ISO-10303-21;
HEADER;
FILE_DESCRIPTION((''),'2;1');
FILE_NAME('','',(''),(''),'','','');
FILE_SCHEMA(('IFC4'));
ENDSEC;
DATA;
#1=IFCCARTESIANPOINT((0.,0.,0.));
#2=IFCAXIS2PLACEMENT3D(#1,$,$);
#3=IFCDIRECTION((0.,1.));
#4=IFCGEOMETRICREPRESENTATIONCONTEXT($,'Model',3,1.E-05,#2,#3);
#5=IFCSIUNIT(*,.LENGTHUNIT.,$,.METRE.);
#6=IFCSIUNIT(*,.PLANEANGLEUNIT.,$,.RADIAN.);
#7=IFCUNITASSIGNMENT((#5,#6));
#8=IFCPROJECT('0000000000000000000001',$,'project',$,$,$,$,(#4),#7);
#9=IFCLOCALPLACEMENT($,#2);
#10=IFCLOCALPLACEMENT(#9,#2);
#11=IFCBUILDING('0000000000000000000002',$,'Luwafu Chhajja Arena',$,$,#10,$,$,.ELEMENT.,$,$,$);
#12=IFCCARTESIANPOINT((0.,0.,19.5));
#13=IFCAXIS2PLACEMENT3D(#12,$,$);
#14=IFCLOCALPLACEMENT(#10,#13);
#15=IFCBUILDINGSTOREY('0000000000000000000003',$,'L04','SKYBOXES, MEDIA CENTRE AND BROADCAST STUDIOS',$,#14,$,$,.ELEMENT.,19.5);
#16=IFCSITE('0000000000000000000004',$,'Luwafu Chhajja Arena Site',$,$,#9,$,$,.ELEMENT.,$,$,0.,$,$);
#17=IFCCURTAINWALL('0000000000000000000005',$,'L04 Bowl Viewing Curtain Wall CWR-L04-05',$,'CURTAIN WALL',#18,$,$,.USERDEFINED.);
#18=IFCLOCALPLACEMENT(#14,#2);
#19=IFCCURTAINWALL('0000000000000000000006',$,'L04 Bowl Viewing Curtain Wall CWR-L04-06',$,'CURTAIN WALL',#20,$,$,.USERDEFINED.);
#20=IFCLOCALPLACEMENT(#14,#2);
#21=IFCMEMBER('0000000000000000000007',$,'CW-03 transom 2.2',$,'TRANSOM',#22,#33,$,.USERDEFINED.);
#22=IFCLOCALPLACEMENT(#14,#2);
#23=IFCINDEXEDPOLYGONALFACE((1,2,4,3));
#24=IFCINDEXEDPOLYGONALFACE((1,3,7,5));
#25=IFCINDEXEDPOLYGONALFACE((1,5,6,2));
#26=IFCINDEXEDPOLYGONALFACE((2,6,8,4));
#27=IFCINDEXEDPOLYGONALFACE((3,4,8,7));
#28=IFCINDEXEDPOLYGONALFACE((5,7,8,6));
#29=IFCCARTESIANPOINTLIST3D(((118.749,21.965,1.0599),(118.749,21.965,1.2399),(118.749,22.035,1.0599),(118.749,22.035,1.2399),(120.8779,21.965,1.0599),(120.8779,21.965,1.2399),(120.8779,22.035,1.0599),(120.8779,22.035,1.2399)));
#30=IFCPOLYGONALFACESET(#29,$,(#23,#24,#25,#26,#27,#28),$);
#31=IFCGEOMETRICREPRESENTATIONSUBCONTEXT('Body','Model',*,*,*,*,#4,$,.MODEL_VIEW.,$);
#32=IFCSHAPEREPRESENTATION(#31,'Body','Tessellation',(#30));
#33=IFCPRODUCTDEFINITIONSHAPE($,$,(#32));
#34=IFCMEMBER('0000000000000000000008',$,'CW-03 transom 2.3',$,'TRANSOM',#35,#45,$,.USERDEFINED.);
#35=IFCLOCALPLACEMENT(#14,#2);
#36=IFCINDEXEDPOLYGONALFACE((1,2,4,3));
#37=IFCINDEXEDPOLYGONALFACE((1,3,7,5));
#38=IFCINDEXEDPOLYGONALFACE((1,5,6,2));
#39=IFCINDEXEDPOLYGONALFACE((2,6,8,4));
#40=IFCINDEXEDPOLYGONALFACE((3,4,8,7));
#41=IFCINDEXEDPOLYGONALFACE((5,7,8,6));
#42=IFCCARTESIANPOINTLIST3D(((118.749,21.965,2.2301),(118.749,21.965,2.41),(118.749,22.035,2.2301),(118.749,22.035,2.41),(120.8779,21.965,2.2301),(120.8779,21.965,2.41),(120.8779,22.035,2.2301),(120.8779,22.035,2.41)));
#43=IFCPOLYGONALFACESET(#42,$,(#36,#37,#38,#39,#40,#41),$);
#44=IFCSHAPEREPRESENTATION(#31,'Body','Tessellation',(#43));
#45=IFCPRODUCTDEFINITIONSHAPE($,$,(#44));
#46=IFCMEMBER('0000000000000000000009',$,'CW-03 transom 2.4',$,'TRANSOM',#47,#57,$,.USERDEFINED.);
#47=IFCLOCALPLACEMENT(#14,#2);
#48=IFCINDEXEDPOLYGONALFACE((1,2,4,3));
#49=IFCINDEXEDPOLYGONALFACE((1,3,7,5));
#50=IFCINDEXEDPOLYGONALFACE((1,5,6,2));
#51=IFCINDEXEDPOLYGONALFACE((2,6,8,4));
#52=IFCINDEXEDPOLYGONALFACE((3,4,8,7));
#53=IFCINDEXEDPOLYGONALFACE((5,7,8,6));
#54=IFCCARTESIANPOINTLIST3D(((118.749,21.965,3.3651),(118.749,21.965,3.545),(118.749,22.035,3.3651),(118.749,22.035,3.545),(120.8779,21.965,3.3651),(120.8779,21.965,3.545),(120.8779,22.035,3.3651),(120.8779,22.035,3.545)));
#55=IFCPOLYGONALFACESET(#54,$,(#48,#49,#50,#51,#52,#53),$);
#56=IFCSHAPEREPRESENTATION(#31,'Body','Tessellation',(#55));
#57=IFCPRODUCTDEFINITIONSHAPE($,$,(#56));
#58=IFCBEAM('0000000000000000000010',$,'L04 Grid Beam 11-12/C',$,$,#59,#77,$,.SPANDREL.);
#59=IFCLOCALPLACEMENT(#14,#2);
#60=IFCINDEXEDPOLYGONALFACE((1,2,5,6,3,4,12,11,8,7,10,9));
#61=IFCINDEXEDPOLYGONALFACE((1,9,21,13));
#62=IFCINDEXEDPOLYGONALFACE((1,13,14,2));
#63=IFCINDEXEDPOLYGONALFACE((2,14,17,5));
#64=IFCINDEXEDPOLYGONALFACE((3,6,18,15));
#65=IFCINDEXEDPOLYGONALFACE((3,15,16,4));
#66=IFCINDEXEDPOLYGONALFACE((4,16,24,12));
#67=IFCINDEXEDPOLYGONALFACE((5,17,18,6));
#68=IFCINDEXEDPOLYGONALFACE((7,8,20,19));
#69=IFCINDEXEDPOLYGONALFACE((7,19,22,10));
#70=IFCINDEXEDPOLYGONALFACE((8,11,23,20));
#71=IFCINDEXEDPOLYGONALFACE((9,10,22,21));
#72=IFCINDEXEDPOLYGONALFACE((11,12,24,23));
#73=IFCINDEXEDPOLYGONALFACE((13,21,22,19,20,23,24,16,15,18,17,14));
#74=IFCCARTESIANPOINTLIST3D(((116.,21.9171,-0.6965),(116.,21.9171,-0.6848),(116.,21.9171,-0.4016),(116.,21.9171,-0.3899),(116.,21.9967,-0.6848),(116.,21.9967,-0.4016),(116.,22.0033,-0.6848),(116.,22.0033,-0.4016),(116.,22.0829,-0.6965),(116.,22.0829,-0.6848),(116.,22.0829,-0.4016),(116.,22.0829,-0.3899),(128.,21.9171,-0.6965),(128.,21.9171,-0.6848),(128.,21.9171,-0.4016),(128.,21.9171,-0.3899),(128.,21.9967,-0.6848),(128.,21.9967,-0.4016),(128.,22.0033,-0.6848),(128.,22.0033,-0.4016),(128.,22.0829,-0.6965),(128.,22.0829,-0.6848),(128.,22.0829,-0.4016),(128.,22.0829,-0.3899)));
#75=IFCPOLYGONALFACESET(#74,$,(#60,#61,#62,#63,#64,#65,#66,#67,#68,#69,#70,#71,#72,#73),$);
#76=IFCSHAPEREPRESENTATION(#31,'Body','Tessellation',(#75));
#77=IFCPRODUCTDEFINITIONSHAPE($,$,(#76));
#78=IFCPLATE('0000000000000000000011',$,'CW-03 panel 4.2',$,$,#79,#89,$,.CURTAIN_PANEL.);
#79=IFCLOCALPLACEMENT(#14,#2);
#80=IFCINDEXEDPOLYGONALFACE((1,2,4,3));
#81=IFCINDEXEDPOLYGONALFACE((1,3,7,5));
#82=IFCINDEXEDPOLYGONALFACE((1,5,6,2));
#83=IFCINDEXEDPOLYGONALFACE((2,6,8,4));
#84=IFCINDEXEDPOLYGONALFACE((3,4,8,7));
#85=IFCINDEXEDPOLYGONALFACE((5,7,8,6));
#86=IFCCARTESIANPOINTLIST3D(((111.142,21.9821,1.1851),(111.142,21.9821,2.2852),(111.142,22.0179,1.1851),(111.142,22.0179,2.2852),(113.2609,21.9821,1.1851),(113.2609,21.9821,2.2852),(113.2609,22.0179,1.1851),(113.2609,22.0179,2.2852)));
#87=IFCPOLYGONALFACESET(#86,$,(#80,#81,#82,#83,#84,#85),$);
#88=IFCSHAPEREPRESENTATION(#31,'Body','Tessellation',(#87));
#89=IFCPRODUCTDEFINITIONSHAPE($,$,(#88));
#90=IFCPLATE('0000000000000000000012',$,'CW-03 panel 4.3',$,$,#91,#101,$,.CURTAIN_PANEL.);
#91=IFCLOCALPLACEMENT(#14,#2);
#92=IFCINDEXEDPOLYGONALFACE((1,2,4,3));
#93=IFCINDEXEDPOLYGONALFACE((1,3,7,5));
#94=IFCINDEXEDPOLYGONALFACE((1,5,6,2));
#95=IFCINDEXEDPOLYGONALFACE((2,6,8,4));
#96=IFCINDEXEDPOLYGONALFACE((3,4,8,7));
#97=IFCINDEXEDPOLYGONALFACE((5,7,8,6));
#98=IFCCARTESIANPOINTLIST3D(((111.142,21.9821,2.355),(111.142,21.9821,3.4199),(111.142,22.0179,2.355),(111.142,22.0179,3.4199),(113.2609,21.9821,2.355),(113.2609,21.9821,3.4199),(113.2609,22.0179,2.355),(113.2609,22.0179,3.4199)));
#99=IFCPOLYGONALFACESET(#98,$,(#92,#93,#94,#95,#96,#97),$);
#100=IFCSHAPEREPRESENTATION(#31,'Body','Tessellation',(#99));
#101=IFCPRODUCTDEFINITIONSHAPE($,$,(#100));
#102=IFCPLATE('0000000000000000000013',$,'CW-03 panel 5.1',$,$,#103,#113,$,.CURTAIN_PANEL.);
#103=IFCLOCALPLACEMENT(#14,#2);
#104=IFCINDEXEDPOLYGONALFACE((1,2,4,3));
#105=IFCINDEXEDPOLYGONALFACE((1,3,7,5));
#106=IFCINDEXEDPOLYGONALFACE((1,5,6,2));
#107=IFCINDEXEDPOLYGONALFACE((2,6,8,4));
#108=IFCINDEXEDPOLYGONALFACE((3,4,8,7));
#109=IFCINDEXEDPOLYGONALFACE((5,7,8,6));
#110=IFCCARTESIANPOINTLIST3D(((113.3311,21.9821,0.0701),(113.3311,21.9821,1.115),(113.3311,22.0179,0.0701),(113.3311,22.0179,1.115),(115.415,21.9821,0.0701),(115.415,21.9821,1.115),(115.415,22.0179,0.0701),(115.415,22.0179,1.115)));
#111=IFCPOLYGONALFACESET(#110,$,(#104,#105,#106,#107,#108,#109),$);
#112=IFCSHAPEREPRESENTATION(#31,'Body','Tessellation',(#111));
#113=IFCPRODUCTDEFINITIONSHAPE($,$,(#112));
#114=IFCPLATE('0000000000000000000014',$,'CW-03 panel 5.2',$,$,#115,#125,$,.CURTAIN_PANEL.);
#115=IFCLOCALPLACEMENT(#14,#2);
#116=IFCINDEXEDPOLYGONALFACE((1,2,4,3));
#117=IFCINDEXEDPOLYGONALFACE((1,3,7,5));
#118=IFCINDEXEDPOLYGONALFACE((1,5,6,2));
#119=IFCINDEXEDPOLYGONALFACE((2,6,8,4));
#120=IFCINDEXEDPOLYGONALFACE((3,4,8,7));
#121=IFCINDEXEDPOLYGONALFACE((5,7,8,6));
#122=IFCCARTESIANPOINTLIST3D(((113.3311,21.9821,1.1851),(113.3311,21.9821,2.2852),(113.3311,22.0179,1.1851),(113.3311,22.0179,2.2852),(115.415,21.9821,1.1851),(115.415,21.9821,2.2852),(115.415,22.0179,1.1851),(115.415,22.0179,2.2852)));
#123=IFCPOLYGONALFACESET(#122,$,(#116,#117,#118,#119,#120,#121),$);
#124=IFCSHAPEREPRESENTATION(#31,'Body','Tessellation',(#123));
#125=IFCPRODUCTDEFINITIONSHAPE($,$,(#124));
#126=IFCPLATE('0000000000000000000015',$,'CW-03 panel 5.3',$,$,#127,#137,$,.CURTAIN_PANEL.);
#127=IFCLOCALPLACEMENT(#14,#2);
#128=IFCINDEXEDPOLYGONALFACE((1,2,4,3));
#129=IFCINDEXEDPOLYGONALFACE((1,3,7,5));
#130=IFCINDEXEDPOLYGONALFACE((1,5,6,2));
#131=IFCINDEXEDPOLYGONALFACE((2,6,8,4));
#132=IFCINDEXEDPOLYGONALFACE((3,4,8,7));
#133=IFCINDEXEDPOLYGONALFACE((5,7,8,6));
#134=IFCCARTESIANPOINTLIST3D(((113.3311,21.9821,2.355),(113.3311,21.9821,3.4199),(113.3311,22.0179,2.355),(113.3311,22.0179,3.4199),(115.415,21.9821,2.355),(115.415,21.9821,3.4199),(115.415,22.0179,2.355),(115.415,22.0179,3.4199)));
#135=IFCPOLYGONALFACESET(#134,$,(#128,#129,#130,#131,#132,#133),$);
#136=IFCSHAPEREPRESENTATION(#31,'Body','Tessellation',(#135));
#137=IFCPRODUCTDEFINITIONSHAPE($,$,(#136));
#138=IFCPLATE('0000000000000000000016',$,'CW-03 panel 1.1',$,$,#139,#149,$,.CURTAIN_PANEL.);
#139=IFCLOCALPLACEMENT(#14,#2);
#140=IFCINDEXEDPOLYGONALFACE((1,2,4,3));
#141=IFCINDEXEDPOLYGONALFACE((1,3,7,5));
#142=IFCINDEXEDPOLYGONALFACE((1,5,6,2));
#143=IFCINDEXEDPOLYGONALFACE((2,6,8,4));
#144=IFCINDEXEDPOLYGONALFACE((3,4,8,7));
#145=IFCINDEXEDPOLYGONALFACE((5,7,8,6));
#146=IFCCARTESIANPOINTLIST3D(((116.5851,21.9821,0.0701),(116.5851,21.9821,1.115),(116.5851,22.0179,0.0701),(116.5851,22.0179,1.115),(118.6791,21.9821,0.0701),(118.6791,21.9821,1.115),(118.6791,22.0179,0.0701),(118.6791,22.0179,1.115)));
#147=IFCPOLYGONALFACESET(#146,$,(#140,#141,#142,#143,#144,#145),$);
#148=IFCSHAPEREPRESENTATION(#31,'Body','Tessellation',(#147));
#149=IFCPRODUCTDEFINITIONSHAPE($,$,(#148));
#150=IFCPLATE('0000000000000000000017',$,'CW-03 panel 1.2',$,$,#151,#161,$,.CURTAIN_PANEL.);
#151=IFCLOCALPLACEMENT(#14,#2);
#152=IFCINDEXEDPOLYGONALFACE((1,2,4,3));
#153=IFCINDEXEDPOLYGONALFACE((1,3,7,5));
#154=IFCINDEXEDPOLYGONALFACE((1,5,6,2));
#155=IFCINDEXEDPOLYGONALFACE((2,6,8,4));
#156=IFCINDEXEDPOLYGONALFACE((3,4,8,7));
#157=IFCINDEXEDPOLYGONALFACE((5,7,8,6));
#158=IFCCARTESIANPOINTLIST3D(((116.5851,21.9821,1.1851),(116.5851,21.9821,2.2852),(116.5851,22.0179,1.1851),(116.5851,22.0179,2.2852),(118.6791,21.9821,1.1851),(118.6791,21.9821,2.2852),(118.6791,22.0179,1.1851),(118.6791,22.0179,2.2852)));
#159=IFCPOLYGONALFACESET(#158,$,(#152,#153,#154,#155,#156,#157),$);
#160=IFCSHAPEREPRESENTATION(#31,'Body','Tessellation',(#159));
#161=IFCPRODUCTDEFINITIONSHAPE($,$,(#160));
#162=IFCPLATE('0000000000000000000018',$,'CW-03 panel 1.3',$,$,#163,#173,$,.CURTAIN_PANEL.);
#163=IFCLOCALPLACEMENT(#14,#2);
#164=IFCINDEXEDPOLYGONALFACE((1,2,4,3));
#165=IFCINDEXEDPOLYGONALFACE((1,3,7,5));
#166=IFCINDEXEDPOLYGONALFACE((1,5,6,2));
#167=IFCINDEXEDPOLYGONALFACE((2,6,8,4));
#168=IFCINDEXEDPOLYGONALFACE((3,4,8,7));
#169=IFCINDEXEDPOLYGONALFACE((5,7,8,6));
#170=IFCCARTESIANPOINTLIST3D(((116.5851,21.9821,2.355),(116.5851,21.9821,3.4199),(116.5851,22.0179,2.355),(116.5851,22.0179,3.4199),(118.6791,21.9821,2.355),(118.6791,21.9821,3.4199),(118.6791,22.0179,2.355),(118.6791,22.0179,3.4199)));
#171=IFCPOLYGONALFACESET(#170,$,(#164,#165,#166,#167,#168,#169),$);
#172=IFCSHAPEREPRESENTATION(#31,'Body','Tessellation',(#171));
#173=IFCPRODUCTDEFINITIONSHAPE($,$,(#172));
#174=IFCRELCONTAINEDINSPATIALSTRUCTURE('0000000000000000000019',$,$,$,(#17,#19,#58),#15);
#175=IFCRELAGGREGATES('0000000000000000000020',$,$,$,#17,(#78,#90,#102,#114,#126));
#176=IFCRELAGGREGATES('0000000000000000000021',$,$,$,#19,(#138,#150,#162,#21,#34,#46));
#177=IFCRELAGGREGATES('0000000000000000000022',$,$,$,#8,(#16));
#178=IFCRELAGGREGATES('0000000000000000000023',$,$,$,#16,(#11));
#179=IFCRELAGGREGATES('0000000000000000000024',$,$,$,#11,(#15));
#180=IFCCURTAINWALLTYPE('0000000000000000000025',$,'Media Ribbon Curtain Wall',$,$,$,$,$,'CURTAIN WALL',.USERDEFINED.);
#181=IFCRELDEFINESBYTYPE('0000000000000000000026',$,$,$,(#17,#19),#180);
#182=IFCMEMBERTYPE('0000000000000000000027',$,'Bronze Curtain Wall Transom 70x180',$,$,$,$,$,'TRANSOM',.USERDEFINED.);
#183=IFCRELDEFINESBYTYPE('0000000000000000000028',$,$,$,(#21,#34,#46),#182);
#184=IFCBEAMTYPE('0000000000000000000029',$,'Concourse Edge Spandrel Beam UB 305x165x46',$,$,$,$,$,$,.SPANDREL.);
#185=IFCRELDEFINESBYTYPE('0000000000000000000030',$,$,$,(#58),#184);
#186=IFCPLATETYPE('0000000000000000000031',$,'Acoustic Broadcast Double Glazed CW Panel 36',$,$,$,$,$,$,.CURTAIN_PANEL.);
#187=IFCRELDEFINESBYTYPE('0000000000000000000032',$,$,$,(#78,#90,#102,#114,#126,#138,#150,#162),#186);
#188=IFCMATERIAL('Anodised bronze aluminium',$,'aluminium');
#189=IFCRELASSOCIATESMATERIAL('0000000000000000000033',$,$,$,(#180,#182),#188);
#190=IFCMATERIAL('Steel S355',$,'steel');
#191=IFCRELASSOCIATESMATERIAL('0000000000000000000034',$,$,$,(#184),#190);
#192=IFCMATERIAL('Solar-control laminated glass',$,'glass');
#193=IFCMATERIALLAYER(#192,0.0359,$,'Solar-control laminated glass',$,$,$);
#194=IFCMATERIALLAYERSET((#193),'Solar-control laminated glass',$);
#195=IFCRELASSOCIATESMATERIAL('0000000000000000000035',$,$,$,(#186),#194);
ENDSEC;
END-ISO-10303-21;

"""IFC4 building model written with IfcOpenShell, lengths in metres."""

from ifc_helpers import new_model, si_unit, direction, frame, origin, origin_2d, place, context, subcontext, project, spatial, rectangle, i_section, extrude, material, layer, layer_set, material_profile, profile_set, type_object, element, aggregate, save


model = new_model("IFC4")

# Units and contexts
model_context = context("Model", 3, precision=1e-05, world=origin(), true_north=direction((0.0, 1.0)))
body_context = subcontext(model_context, "Body", "Model", "MODEL_VIEW")
ifc_project = project(units=[si_unit("LENGTHUNIT", "METRE"), si_unit("PLANEANGLEUNIT", "RADIAN")], contexts=[model_context])

# Site, building, storey
site_placement = place(None, origin())
site = spatial("IfcSite", under=ifc_project, at=site_placement, Name="Luwafu Chhajja Arena Site", CompositionType="ELEMENT", RefElevation=0.0)
building_placement = place(site_placement, origin())
building = spatial("IfcBuilding", under=site, at=building_placement, Name="Luwafu Chhajja Arena", CompositionType="ELEMENT")
storey_placement = place(building_placement, frame((0.0, 0.0, 19.5)))
storey = spatial("IfcBuildingStorey", under=building, at=storey_placement, Name="L04", Description="SKYBOXES, MEDIA CENTRE AND BROADCAST STUDIOS", CompositionType="ELEMENT", Elevation=19.5)

# Curtain walls
ifc_material_1 = material(Name="Anodised bronze aluminium", Category="aluminium")
curtain_wall_type = type_object("IfcCurtainWallType", Name="Media Ribbon Curtain Wall", ElementType="CURTAIN WALL", PredefinedType="USERDEFINED", material=ifc_material_1)
curtain_wall_1_placement = place(storey_placement, origin())
curtain_wall_1 = element("IfcCurtainWall", 1, at=curtain_wall_1_placement, inside=storey, type_object=curtain_wall_type, Name="L04 Bowl Viewing Curtain Wall CWR-L04-05", ObjectType="CURTAIN WALL", PredefinedType="USERDEFINED")
curtain_wall_2_placement = place(storey_placement, origin())
curtain_wall_2 = element("IfcCurtainWall", 2, at=curtain_wall_2_placement, inside=storey, type_object=curtain_wall_type, Name="L04 Bowl Viewing Curtain Wall CWR-L04-06", ObjectType="CURTAIN WALL", PredefinedType="USERDEFINED")

# Members
ifc_material_profile_1 = material_profile(ifc_material_1, rectangle(XDim=0.0701, YDim=0.1799, at=origin_2d()), Name="CWT 70x180")
ifc_profile_set_1 = profile_set([ifc_material_profile_1], Name="Anodised bronze aluminium")
member_type_1 = type_object("IfcMemberType", Name="Bronze Curtain Wall Transom 70x180", ElementType="TRANSOM", PredefinedType="USERDEFINED", material=ifc_profile_set_1)
member_1_placement = place(storey_placement, frame((118.749, 22.0, 1.1499), z_axis=(1.0, 0.0, 0.0), x_axis=(0.0, 1.0, 0.0)))
member_1 = element("IfcMember", 3, at=member_1_placement, type_object=member_type_1, Name="CW-03 transom 2.2", ObjectType="TRANSOM", PredefinedType="USERDEFINED", context=body_context, shape_type="SweptSolid", body=[
    extrude(rectangle(XDim=0.0701, YDim=0.1799, at=origin_2d()), origin(), (0.0, 0.0, 1.0), 2.1289),
])
member_2_placement = place(storey_placement, frame((118.749, 22.0, 2.3201), z_axis=(1.0, 0.0, 0.0), x_axis=(0.0, 1.0, 0.0)))
member_2 = element("IfcMember", 4, at=member_2_placement, type_object=member_type_1, Name="CW-03 transom 2.3", ObjectType="TRANSOM", PredefinedType="USERDEFINED", context=body_context, shape_type="SweptSolid", body=[
    extrude(rectangle(XDim=0.0701, YDim=0.1799, at=origin_2d()), origin(), (0.0, 0.0, 1.0), 2.1289),
])
member_3_placement = place(storey_placement, frame((118.749, 22.0, 3.4551), z_axis=(1.0, 0.0, 0.0), x_axis=(0.0, 1.0, 0.0)))
member_3 = element("IfcMember", 5, at=member_3_placement, type_object=member_type_1, Name="CW-03 transom 2.4", ObjectType="TRANSOM", PredefinedType="USERDEFINED", context=body_context, shape_type="SweptSolid", body=[
    extrude(rectangle(XDim=0.0701, YDim=0.1799, at=origin_2d()), origin(), (0.0, 0.0, 1.0), 2.1289),
])

# Beam
ifc_material_2 = material(Name="Steel S355", Category="steel")
ifc_material_profile_2 = material_profile(ifc_material_2, i_section(OverallWidth=0.1658, OverallDepth=0.3066, WebThickness=0.0066, FlangeThickness=0.0117, at=origin_2d()), Name="UB 305x165x46")
ifc_profile_set_2 = profile_set([ifc_material_profile_2], Name="Steel S355")
beam_type = type_object("IfcBeamType", Name="Concourse Edge Spandrel Beam UB 305x165x46", PredefinedType="SPANDREL", material=ifc_profile_set_2)
beam_placement = place(storey_placement, frame((116.0, 22.0, -0.5432), z_axis=(1.0, 0.0, 0.0), x_axis=(0.0, 1.0, 0.0)))
element("IfcBeam", 6, at=beam_placement, inside=storey, type_object=beam_type, Name="L04 Grid Beam 11-12/C", PredefinedType="SPANDREL", context=body_context, shape_type="SweptSolid", body=[
    extrude(i_section(OverallWidth=0.1658, OverallDepth=0.3066, WebThickness=0.0066, FlangeThickness=0.0117, at=origin_2d()), origin(), (0.0, 0.0, 1.0), 12.0),
])

# Plates
ifc_material_3 = material(Name="Solar-control laminated glass", Category="glass")
ifc_layer = layer(ifc_material_3, 0.0359, Name="Solar-control laminated glass")
ifc_layer_set = layer_set([ifc_layer], Name="Solar-control laminated glass")
plate_type = type_object("IfcPlateType", Name="Acoustic Broadcast Double Glazed CW Panel 36", PredefinedType="CURTAIN_PANEL", material=ifc_layer_set)
plate_1_placement = place(storey_placement, frame((112.2014, 22.0, 1.1851), z_axis=(0.0, 0.0, 1.0), x_axis=(1.0, 0.0, 0.0)))
plate_1 = element("IfcPlate", 7, at=plate_1_placement, type_object=plate_type, Name="CW-03 panel 4.2", PredefinedType="CURTAIN_PANEL", context=body_context, shape_type="SweptSolid", body=[
    extrude(rectangle(XDim=2.1189, YDim=0.0359, at=origin_2d()), origin(), (0.0, 0.0, 1.0), 1.1001),
])
plate_2_placement = place(storey_placement, frame((112.2014, 22.0, 2.355), z_axis=(0.0, 0.0, 1.0), x_axis=(1.0, 0.0, 0.0)))
plate_2 = element("IfcPlate", 8, at=plate_2_placement, type_object=plate_type, Name="CW-03 panel 4.3", PredefinedType="CURTAIN_PANEL", context=body_context, shape_type="SweptSolid", body=[
    extrude(rectangle(XDim=2.1189, YDim=0.0359, at=origin_2d()), origin(), (0.0, 0.0, 1.0), 1.0649),
])
plate_3_placement = place(storey_placement, frame((114.373, 22.0, 0.0701), z_axis=(0.0, 0.0, 1.0), x_axis=(1.0, 0.0, 0.0)))
plate_3 = element("IfcPlate", 9, at=plate_3_placement, type_object=plate_type, Name="CW-03 panel 5.1", PredefinedType="CURTAIN_PANEL", context=body_context, shape_type="SweptSolid", body=[
    extrude(rectangle(XDim=2.084, YDim=0.0359, at=origin_2d()), origin(), (0.0, 0.0, 1.0), 1.0449),
])
plate_4_placement = place(storey_placement, frame((114.373, 22.0, 1.1851), z_axis=(0.0, 0.0, 1.0), x_axis=(1.0, 0.0, 0.0)))
plate_4 = element("IfcPlate", 10, at=plate_4_placement, type_object=plate_type, Name="CW-03 panel 5.2", PredefinedType="CURTAIN_PANEL", context=body_context, shape_type="SweptSolid", body=[
    extrude(rectangle(XDim=2.084, YDim=0.0359, at=origin_2d()), origin(), (0.0, 0.0, 1.0), 1.1001),
])
plate_5_placement = place(storey_placement, frame((114.373, 22.0, 2.355), z_axis=(0.0, 0.0, 1.0), x_axis=(1.0, 0.0, 0.0)))
plate_5 = element("IfcPlate", 11, at=plate_5_placement, type_object=plate_type, Name="CW-03 panel 5.3", PredefinedType="CURTAIN_PANEL", context=body_context, shape_type="SweptSolid", body=[
    extrude(rectangle(XDim=2.084, YDim=0.0359, at=origin_2d()), origin(), (0.0, 0.0, 1.0), 1.0649),
])
aggregate(curtain_wall_1, [plate_1, plate_2, plate_3, plate_4, plate_5])
plate_6_placement = place(storey_placement, frame((117.6321, 22.0, 0.0701), z_axis=(0.0, 0.0, 1.0), x_axis=(1.0, 0.0, 0.0)))
plate_6 = element("IfcPlate", 12, at=plate_6_placement, type_object=plate_type, Name="CW-03 panel 1.1", PredefinedType="CURTAIN_PANEL", context=body_context, shape_type="SweptSolid", body=[
    extrude(rectangle(XDim=2.094, YDim=0.0359, at=origin_2d()), origin(), (0.0, 0.0, 1.0), 1.0449),
])
plate_7_placement = place(storey_placement, frame((117.6321, 22.0, 1.1851), z_axis=(0.0, 0.0, 1.0), x_axis=(1.0, 0.0, 0.0)))
plate_7 = element("IfcPlate", 13, at=plate_7_placement, type_object=plate_type, Name="CW-03 panel 1.2", PredefinedType="CURTAIN_PANEL", context=body_context, shape_type="SweptSolid", body=[
    extrude(rectangle(XDim=2.094, YDim=0.0359, at=origin_2d()), origin(), (0.0, 0.0, 1.0), 1.1001),
])
plate_8_placement = place(storey_placement, frame((117.6321, 22.0, 2.355), z_axis=(0.0, 0.0, 1.0), x_axis=(1.0, 0.0, 0.0)))
plate_8 = element("IfcPlate", 14, at=plate_8_placement, type_object=plate_type, Name="CW-03 panel 1.3", PredefinedType="CURTAIN_PANEL", context=body_context, shape_type="SweptSolid", body=[
    extrude(rectangle(XDim=2.094, YDim=0.0359, at=origin_2d()), origin(), (0.0, 0.0, 1.0), 1.0649),
])
aggregate(curtain_wall_2, [plate_6, plate_7, plate_8, member_1, member_2, member_3])

save(model, "model.ifc")
